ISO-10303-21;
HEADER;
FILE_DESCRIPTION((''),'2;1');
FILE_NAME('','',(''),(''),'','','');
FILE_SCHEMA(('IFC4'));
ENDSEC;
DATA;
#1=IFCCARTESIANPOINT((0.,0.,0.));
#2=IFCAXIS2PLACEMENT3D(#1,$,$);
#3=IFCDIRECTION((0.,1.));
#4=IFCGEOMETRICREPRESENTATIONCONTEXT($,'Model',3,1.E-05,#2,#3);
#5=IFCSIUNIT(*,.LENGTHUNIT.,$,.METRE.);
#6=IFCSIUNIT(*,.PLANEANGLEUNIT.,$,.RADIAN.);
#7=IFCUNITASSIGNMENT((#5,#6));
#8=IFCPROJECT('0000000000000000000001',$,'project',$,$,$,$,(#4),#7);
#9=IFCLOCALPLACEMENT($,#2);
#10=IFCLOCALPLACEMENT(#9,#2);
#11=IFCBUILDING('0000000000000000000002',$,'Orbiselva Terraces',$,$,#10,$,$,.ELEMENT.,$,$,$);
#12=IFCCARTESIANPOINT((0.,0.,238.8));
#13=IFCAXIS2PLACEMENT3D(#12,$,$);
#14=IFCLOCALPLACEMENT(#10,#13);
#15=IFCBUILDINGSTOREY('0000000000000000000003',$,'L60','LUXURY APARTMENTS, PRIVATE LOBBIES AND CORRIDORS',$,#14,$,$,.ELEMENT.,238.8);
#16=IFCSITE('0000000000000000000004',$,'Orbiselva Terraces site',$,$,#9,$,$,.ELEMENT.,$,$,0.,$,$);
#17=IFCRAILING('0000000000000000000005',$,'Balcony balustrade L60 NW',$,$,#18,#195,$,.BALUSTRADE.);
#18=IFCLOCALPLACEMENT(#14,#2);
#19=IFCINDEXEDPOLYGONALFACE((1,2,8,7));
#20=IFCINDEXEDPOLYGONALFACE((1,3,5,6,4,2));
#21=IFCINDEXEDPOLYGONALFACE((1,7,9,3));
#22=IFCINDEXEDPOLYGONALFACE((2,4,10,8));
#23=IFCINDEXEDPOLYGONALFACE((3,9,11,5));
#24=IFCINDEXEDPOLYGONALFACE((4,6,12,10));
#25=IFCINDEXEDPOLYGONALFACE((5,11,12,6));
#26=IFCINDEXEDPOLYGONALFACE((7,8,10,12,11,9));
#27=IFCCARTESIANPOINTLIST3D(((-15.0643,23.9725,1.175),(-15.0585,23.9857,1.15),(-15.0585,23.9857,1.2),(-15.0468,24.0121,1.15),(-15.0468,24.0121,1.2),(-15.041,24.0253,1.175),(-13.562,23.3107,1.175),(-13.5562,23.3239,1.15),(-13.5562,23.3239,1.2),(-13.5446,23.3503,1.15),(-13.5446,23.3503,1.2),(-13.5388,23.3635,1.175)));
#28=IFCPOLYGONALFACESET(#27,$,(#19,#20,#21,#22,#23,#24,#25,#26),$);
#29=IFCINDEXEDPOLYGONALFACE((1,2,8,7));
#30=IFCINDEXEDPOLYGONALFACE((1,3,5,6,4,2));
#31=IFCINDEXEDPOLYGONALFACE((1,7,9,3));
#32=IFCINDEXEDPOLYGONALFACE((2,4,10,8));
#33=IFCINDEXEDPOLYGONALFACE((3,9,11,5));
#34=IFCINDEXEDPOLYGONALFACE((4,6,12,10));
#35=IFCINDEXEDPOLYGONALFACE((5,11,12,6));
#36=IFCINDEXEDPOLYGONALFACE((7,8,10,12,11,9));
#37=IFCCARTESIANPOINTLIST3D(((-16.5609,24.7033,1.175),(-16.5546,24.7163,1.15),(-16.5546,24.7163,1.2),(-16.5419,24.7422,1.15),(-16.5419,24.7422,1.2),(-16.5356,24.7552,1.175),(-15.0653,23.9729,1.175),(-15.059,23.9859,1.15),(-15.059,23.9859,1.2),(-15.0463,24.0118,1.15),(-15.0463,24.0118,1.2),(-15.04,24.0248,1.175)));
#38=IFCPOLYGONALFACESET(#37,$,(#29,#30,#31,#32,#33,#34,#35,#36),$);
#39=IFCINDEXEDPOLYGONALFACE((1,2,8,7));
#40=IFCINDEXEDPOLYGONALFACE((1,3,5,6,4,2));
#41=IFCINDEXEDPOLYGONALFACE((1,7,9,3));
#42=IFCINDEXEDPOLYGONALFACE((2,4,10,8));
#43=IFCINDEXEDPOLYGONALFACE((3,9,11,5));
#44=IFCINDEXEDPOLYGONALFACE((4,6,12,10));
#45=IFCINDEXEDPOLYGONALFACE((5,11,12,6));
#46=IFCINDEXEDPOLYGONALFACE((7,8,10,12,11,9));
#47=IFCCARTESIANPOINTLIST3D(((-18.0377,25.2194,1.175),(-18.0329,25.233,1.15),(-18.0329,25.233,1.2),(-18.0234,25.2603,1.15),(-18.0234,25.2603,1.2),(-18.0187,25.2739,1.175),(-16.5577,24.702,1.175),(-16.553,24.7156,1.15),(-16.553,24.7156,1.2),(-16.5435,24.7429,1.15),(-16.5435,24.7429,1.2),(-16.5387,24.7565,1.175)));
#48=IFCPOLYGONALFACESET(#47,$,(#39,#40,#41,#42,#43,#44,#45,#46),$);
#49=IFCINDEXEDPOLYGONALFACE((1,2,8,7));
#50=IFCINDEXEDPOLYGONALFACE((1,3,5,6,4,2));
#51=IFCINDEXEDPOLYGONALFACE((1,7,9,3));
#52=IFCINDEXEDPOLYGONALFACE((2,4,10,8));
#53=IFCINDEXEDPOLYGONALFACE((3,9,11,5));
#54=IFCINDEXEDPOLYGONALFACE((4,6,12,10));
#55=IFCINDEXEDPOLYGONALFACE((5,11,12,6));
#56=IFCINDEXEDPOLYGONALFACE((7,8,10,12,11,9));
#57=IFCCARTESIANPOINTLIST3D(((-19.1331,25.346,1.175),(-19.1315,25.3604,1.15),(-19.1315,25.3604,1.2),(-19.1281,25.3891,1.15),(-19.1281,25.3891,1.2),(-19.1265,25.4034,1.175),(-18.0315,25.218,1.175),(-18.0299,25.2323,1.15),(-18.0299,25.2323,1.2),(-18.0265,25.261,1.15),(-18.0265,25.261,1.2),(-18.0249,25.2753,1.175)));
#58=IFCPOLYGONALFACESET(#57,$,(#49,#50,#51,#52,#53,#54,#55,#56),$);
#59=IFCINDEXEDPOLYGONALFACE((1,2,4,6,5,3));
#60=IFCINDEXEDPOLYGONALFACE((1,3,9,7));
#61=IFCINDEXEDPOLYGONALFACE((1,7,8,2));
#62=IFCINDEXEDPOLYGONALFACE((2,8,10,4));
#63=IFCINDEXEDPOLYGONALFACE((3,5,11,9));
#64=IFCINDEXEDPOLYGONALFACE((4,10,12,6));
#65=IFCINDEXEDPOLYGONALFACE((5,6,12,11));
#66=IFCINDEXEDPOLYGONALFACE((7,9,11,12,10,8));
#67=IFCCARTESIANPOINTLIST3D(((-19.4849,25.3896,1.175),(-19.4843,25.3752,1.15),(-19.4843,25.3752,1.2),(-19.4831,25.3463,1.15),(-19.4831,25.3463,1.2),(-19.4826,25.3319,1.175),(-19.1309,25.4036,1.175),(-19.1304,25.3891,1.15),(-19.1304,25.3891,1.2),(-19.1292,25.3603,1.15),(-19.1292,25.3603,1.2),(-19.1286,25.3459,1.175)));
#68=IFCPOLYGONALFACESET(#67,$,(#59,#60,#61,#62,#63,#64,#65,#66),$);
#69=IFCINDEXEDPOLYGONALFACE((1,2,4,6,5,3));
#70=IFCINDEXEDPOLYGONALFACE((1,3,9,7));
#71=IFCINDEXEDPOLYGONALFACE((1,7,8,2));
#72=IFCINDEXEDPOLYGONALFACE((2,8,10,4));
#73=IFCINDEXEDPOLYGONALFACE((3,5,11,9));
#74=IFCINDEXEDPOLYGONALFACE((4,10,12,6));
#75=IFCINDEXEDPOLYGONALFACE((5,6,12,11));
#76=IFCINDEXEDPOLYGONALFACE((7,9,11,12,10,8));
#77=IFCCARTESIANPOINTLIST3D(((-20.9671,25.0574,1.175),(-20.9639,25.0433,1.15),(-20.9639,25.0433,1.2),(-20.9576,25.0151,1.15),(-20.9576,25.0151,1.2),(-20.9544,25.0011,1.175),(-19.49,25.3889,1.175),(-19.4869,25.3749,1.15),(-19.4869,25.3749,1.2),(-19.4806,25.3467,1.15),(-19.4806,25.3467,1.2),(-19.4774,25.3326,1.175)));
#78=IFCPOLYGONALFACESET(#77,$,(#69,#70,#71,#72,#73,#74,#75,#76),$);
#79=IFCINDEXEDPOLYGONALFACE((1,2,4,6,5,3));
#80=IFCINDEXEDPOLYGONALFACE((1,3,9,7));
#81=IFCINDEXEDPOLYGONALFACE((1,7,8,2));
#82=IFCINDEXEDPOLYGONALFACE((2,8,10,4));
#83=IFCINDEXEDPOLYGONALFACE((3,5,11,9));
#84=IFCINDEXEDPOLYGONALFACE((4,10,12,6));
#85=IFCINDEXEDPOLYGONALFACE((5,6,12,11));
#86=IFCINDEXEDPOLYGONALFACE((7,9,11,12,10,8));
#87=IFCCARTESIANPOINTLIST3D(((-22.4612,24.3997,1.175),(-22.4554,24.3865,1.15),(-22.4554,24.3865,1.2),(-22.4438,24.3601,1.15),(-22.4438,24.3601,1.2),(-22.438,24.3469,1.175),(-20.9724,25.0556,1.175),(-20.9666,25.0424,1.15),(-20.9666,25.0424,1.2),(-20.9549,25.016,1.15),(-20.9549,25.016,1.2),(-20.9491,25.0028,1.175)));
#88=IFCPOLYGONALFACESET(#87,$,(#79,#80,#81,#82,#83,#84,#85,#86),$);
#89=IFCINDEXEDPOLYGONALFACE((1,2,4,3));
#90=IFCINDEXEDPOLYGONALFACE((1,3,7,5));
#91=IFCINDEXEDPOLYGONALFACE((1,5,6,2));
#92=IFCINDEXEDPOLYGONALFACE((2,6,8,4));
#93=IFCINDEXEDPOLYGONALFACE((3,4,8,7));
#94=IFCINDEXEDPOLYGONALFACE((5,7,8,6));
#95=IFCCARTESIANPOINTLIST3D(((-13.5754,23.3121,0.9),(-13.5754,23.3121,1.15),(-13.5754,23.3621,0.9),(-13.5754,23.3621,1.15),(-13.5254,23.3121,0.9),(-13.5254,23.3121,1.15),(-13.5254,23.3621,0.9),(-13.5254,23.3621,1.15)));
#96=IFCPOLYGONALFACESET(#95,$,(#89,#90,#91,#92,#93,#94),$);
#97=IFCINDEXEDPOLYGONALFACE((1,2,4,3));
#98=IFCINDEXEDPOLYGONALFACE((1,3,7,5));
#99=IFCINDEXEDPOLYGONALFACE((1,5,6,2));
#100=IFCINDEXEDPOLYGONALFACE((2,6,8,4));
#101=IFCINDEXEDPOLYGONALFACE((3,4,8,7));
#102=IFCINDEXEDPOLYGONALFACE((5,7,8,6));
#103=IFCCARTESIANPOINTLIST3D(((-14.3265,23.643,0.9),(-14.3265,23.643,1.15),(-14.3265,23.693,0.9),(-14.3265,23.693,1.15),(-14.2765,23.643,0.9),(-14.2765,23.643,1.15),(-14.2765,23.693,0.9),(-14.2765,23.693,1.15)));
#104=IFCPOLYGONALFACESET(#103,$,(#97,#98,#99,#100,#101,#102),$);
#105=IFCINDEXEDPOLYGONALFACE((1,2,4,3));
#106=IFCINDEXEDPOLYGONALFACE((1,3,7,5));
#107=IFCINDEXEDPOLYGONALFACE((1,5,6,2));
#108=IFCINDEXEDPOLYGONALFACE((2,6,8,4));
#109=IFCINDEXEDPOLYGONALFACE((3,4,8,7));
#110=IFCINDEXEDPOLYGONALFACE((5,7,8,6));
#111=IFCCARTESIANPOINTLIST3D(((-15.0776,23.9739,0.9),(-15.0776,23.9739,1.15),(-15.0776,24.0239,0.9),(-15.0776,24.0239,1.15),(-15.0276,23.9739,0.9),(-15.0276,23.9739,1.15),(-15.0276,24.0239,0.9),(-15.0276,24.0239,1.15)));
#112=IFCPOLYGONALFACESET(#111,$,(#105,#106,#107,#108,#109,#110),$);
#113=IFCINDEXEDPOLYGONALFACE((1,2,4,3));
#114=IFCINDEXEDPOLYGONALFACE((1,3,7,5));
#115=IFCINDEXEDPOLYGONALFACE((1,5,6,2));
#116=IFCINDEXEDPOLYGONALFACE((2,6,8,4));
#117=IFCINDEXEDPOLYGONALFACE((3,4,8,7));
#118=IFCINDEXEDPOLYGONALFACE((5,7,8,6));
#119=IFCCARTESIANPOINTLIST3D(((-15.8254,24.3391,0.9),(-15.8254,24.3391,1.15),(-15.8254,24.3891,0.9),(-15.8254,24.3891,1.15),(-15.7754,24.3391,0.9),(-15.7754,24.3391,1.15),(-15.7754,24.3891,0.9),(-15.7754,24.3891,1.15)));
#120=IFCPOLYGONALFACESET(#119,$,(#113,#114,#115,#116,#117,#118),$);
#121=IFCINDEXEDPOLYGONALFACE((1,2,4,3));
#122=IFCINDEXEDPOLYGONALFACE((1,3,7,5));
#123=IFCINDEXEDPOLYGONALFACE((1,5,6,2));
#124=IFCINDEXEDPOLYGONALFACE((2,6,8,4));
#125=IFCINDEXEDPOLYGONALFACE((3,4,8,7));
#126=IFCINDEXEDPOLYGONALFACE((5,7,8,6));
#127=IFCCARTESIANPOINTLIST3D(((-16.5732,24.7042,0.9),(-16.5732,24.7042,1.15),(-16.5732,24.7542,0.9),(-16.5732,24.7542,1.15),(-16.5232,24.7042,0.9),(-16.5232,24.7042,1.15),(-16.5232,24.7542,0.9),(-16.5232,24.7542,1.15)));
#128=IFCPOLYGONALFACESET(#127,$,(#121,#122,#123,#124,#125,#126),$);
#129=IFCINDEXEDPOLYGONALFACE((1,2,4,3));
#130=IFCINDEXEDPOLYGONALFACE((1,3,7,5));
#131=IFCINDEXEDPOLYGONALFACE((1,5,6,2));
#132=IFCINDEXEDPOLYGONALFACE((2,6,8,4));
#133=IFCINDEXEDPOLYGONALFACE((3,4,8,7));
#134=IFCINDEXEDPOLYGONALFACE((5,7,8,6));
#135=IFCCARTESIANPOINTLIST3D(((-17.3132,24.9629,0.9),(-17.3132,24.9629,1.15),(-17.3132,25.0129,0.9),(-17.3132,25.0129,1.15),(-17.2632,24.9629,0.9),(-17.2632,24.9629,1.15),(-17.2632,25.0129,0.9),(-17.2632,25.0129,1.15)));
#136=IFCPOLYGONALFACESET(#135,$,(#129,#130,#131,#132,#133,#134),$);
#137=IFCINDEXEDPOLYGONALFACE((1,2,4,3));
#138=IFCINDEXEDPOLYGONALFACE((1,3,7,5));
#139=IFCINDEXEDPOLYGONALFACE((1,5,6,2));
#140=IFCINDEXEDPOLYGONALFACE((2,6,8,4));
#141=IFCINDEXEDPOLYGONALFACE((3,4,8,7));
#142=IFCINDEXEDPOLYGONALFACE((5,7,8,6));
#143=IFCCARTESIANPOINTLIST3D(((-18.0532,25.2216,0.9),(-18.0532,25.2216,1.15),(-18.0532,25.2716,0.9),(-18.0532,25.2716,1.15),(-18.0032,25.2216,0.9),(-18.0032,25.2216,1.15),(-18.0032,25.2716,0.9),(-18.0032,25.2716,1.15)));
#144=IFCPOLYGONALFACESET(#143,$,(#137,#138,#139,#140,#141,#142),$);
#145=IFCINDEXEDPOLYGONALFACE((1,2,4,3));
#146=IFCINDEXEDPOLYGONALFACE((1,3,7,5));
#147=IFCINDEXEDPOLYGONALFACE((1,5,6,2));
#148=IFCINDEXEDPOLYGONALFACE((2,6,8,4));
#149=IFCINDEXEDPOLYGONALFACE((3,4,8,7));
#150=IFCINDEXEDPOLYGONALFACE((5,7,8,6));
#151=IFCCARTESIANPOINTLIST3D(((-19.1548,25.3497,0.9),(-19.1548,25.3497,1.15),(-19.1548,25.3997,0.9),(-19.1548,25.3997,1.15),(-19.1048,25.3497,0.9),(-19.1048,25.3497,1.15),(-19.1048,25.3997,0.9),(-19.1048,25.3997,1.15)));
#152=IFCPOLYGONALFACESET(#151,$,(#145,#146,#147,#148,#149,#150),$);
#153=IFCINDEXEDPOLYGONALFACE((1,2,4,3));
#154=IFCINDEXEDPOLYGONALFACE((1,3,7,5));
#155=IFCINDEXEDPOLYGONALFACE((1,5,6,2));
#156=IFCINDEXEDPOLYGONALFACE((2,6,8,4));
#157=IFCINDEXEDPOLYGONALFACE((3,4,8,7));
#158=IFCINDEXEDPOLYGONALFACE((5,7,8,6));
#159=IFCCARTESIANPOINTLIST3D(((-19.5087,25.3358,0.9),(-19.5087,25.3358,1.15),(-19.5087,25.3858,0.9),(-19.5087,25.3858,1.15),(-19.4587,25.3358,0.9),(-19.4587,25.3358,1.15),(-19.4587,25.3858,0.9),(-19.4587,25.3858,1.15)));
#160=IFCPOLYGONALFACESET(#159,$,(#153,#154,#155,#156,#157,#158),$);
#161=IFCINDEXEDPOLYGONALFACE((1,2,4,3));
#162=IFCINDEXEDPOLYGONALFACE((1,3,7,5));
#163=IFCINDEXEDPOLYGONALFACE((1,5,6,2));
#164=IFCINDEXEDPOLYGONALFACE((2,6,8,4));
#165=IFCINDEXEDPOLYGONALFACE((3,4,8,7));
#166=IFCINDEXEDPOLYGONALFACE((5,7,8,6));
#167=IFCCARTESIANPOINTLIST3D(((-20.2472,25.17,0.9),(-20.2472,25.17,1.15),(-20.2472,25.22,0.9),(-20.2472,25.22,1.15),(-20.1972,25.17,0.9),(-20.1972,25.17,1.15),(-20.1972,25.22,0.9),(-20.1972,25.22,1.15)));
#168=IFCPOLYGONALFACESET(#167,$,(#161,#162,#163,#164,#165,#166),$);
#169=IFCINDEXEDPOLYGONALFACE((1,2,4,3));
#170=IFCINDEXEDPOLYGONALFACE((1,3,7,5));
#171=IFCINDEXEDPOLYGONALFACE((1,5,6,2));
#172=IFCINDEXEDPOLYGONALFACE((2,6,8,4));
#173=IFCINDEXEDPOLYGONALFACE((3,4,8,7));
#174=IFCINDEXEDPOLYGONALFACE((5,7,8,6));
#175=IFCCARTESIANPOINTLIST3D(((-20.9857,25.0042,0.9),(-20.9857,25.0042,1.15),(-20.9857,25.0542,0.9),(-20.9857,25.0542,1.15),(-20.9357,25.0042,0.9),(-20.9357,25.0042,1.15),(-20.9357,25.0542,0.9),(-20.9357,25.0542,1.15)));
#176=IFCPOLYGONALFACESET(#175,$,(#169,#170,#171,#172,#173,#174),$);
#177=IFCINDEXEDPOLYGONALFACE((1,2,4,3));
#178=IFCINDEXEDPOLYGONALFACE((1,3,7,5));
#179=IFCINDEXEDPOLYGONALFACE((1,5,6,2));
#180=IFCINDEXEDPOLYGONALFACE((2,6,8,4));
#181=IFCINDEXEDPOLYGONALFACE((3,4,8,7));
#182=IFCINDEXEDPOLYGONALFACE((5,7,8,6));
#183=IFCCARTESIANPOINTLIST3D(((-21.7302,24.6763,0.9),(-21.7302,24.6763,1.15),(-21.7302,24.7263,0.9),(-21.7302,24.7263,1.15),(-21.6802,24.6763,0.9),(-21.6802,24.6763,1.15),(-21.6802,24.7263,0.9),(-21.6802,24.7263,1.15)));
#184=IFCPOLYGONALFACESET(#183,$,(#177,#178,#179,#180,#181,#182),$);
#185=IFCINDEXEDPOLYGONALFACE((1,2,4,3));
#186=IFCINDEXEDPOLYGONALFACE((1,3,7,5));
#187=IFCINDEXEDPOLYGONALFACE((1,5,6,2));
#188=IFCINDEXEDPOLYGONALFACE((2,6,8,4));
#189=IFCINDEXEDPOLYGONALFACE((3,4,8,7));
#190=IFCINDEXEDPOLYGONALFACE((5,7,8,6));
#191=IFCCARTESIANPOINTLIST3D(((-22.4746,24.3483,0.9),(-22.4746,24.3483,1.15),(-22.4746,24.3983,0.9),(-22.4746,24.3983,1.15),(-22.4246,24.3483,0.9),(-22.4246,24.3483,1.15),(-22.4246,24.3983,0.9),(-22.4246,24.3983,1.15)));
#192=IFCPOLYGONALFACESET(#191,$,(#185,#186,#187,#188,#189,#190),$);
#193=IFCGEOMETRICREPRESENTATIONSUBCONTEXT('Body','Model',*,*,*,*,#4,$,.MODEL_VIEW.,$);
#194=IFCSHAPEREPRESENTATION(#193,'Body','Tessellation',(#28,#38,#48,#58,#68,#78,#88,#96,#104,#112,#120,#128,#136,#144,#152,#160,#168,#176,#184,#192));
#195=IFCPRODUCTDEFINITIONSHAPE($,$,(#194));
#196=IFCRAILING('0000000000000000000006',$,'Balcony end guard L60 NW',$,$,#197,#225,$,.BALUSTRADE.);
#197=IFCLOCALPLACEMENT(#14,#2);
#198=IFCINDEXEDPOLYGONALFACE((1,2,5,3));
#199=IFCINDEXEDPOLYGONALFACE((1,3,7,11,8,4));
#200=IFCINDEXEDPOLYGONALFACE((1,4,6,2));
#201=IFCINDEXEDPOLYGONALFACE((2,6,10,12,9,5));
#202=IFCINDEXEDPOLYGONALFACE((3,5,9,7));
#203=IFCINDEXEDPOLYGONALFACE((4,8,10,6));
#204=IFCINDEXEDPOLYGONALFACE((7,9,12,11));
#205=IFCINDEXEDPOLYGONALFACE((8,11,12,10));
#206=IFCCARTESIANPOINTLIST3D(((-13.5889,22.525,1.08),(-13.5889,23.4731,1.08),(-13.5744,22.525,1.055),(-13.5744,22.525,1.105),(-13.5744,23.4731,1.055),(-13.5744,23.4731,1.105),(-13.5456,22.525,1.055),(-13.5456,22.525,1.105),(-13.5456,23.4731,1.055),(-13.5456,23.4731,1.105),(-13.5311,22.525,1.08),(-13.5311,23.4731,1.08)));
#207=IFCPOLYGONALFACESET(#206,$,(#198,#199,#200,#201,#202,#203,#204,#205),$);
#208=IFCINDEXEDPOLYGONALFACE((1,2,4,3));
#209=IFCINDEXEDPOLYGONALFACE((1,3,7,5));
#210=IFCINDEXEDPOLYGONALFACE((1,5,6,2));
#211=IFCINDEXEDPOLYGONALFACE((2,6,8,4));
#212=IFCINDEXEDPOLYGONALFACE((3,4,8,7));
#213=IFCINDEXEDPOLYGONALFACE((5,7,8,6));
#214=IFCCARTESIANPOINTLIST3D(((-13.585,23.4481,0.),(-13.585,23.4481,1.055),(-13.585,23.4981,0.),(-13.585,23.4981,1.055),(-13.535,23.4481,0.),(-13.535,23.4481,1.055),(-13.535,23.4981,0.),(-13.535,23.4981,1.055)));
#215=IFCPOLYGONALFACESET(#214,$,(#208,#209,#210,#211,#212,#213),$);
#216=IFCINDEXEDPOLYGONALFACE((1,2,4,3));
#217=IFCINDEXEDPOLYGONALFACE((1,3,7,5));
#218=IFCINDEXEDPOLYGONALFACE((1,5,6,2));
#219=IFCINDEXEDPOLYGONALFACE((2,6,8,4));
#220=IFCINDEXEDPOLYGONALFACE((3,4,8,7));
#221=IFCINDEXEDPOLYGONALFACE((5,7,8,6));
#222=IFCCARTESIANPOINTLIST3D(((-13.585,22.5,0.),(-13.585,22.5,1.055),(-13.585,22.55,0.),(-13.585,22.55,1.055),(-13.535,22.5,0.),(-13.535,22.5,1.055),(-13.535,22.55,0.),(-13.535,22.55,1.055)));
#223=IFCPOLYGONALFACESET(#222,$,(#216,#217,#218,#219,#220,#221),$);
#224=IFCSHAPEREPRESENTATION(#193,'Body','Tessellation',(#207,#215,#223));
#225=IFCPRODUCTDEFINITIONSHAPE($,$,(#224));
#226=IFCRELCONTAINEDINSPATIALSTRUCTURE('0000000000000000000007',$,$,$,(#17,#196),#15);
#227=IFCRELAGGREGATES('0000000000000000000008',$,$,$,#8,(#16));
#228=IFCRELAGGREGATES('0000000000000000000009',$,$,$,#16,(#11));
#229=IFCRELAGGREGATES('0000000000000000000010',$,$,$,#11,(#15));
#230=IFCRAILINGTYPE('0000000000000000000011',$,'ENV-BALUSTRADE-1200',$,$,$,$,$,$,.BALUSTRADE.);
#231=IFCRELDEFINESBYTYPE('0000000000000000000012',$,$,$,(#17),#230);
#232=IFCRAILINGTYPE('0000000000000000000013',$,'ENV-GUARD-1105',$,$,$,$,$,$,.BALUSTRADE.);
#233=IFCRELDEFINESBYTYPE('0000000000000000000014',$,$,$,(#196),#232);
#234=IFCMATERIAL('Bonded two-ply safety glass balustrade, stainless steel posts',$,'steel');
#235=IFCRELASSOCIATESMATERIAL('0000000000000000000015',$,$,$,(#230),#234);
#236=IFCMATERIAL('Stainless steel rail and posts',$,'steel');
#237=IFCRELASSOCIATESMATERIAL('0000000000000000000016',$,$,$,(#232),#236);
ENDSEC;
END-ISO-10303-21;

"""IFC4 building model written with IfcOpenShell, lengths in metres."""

from ifc_helpers import new_model, si_unit, direction, frame, origin, origin_2d, place, context, subcontext, project, spatial, polyline, rectangle, outline, extrude, material, type_object, element, save


model = new_model("IFC4")

# Units and contexts
model_context = context("Model", 3, precision=1e-05, world=origin(), true_north=direction((0.0, 1.0)))
body_context = subcontext(model_context, "Body", "Model", "MODEL_VIEW")
ifc_project = project(units=[si_unit("LENGTHUNIT", "METRE"), si_unit("PLANEANGLEUNIT", "RADIAN")], contexts=[model_context])

# Site, building, storey
site_placement = place(None, origin())
site = spatial("IfcSite", under=ifc_project, at=site_placement, Name="Orbiselva Terraces site", CompositionType="ELEMENT", RefElevation=0.0)
building_placement = place(site_placement, origin())
building = spatial("IfcBuilding", under=site, at=building_placement, Name="Orbiselva Terraces", CompositionType="ELEMENT")
storey_placement = place(building_placement, frame((0.0, 0.0, 238.8)))
storey = spatial("IfcBuildingStorey", under=building, at=storey_placement, Name="L60", Description="LUXURY APARTMENTS, PRIVATE LOBBIES AND CORRIDORS", CompositionType="ELEMENT", Elevation=238.8)

# Railings
ifc_material_1 = material(Name="Bonded two-ply safety glass balustrade, stainless steel posts", Category="steel")
railing_type_1 = type_object("IfcRailingType", Name="ENV-BALUSTRADE-1200", PredefinedType="BALUSTRADE", material=ifc_material_1)
railing_1_placement = place(storey_placement, frame((-13.5504, 23.3371, 0.9)))
element("IfcRailing", 1, at=railing_1_placement, inside=storey, type_object=railing_type_1, Name="Balcony balustrade L60 NW", PredefinedType="BALUSTRADE", context=body_context, shape_type="SweptSolid", body=[
    extrude(outline(polyline([(0.0289, 0.0), (0.0144, 0.025), (-0.0144, 0.025), (-0.0289, 0.0), (-0.0144, -0.025), (0.0144, -0.025), (0.0289, 0.0)])), frame((0.0, 0.0, 0.275), z_axis=(-0.915133, 0.403151, 0.0), x_axis=(-0.403151, -0.915133, 0.0)), (0.0, 0.0, 1.0), 1.6416),
    extrude(outline(polyline([(0.0289, 0.0), (0.0144, 0.025), (-0.0144, 0.025), (-0.0289, 0.0), (-0.0144, -0.025), (0.0144, -0.025), (0.0289, 0.0)])), frame((-1.5022, 0.6618, 0.275), z_axis=(-0.898579, 0.438812, 0.0), x_axis=(-0.438812, -0.898579, 0.0)), (0.0, 0.0, 1.0), 1.6644),
    extrude(outline(polyline([(0.0289, 0.0), (0.0144, 0.025), (-0.0144, 0.025), (-0.0289, 0.0), (-0.0144, -0.025), (0.0144, -0.025), (0.0289, 0.0)])), frame((-2.9978, 1.3921, 0.275), z_axis=(-0.943972, 0.330025, 0.0), x_axis=(-0.330025, -0.943972, 0.0)), (0.0, 0.0, 1.0), 1.5678),
    extrude(outline(polyline([(0.0289, 0.0), (0.0144, 0.025), (-0.0144, 0.025), (-0.0289, 0.0), (-0.0144, -0.025), (0.0144, -0.025), (0.0289, 0.0)])), frame((-4.4778, 1.9096, 0.275), z_axis=(-0.99331, 0.115481, 0.0), x_axis=(-0.115481, -0.99331, 0.0)), (0.0, 0.0, 1.0), 1.109),
    extrude(outline(polyline([(0.0289, 0.0), (0.0144, 0.025), (-0.0144, 0.025), (-0.0289, 0.0), (-0.0144, -0.025), (0.0144, -0.025), (0.0289, 0.0)])), frame((-5.5794, 2.0376, 0.275), z_axis=(-0.999225, -0.039364, 0.0), x_axis=(0.039364, -0.999225, 0.0)), (0.0, 0.0, 1.0), 0.3542),
    extrude(outline(polyline([(0.0289, 0.0), (0.0144, 0.025), (-0.0144, 0.025), (-0.0289, 0.0), (-0.0144, -0.025), (0.0144, -0.025), (0.0289, 0.0)])), frame((-5.9333, 2.0237, 0.275), z_axis=(-0.975721, -0.219016, 0.0), x_axis=(0.219016, -0.975721, 0.0)), (0.0, 0.0, 1.0), 1.5138),
    extrude(outline(polyline([(0.0289, 0.0), (0.0144, 0.025), (-0.0144, 0.025), (-0.0289, 0.0), (-0.0144, -0.025), (0.0144, -0.025), (0.0289, 0.0)])), frame((-7.4104, 1.6921, 0.275), z_axis=(-0.915133, -0.403151, 0.0), x_axis=(0.403151, -0.915133, 0.0)), (0.0, 0.0, 1.0), 1.6269),
    extrude(rectangle(XDim=0.05, YDim=0.05, at=origin_2d()), origin(), (0.0, 0.0, 1.0), 0.25),
    extrude(rectangle(XDim=0.05, YDim=0.05, at=origin_2d()), frame((-0.7511, 0.3309, 0.0)), (0.0, 0.0, 1.0), 0.25),
    extrude(rectangle(XDim=0.05, YDim=0.05, at=origin_2d()), frame((-1.5022, 0.6618, 0.0)), (0.0, 0.0, 1.0), 0.25),
    extrude(rectangle(XDim=0.05, YDim=0.05, at=origin_2d()), frame((-2.25, 1.027, 0.0)), (0.0, 0.0, 1.0), 0.25),
    extrude(rectangle(XDim=0.05, YDim=0.05, at=origin_2d()), frame((-2.9978, 1.3921, 0.0)), (0.0, 0.0, 1.0), 0.25),
    extrude(rectangle(XDim=0.05, YDim=0.05, at=origin_2d()), frame((-3.7378, 1.6509, 0.0)), (0.0, 0.0, 1.0), 0.25),
    extrude(rectangle(XDim=0.05, YDim=0.05, at=origin_2d()), frame((-4.4778, 1.9096, 0.0)), (0.0, 0.0, 1.0), 0.25),
    extrude(rectangle(XDim=0.05, YDim=0.05, at=origin_2d()), frame((-5.5794, 2.0376, 0.0)), (0.0, 0.0, 1.0), 0.25),
    extrude(rectangle(XDim=0.05, YDim=0.05, at=origin_2d()), frame((-5.9333, 2.0237, 0.0)), (0.0, 0.0, 1.0), 0.25),
    extrude(rectangle(XDim=0.05, YDim=0.05, at=origin_2d()), frame((-6.6718, 1.8579, 0.0)), (0.0, 0.0, 1.0), 0.25),
    extrude(rectangle(XDim=0.05, YDim=0.05, at=origin_2d()), frame((-7.4104, 1.6921, 0.0)), (0.0, 0.0, 1.0), 0.25),
    extrude(rectangle(XDim=0.05, YDim=0.05, at=origin_2d()), frame((-8.1548, 1.3642, 0.0)), (0.0, 0.0, 1.0), 0.25),
    extrude(rectangle(XDim=0.05, YDim=0.05, at=origin_2d()), frame((-8.8992, 1.0362, 0.0)), (0.0, 0.0, 1.0), 0.25),
])
ifc_material_2 = material(Name="Stainless steel rail and posts", Category="steel")
railing_type_2 = type_object("IfcRailingType", Name="ENV-GUARD-1105", PredefinedType="BALUSTRADE", material=ifc_material_2)
railing_2_placement = place(storey_placement, frame((-13.56, 23.4731, 0.0)))
element("IfcRailing", 2, at=railing_2_placement, inside=storey, type_object=railing_type_2, Name="Balcony end guard L60 NW", PredefinedType="BALUSTRADE", context=body_context, shape_type="SweptSolid", body=[
    extrude(outline(polyline([(0.0289, 0.0), (0.0144, 0.025), (-0.0144, 0.025), (-0.0289, 0.0), (-0.0144, -0.025), (0.0144, -0.025), (0.0289, 0.0)])), frame((0.0, 0.0, 1.08), z_axis=(0.0, -1.0, 0.0), x_axis=(1.0, 0.0, 0.0)), (0.0, 0.0, 1.0), 0.9481),
    extrude(rectangle(XDim=0.05, YDim=0.05, at=origin_2d()), origin(), (0.0, 0.0, 1.0), 1.055),
    extrude(rectangle(XDim=0.05, YDim=0.05, at=origin_2d()), frame((0.0, -0.9481, 0.0)), (0.0, 0.0, 1.0), 1.055),
])

save(model, "model.ifc")
